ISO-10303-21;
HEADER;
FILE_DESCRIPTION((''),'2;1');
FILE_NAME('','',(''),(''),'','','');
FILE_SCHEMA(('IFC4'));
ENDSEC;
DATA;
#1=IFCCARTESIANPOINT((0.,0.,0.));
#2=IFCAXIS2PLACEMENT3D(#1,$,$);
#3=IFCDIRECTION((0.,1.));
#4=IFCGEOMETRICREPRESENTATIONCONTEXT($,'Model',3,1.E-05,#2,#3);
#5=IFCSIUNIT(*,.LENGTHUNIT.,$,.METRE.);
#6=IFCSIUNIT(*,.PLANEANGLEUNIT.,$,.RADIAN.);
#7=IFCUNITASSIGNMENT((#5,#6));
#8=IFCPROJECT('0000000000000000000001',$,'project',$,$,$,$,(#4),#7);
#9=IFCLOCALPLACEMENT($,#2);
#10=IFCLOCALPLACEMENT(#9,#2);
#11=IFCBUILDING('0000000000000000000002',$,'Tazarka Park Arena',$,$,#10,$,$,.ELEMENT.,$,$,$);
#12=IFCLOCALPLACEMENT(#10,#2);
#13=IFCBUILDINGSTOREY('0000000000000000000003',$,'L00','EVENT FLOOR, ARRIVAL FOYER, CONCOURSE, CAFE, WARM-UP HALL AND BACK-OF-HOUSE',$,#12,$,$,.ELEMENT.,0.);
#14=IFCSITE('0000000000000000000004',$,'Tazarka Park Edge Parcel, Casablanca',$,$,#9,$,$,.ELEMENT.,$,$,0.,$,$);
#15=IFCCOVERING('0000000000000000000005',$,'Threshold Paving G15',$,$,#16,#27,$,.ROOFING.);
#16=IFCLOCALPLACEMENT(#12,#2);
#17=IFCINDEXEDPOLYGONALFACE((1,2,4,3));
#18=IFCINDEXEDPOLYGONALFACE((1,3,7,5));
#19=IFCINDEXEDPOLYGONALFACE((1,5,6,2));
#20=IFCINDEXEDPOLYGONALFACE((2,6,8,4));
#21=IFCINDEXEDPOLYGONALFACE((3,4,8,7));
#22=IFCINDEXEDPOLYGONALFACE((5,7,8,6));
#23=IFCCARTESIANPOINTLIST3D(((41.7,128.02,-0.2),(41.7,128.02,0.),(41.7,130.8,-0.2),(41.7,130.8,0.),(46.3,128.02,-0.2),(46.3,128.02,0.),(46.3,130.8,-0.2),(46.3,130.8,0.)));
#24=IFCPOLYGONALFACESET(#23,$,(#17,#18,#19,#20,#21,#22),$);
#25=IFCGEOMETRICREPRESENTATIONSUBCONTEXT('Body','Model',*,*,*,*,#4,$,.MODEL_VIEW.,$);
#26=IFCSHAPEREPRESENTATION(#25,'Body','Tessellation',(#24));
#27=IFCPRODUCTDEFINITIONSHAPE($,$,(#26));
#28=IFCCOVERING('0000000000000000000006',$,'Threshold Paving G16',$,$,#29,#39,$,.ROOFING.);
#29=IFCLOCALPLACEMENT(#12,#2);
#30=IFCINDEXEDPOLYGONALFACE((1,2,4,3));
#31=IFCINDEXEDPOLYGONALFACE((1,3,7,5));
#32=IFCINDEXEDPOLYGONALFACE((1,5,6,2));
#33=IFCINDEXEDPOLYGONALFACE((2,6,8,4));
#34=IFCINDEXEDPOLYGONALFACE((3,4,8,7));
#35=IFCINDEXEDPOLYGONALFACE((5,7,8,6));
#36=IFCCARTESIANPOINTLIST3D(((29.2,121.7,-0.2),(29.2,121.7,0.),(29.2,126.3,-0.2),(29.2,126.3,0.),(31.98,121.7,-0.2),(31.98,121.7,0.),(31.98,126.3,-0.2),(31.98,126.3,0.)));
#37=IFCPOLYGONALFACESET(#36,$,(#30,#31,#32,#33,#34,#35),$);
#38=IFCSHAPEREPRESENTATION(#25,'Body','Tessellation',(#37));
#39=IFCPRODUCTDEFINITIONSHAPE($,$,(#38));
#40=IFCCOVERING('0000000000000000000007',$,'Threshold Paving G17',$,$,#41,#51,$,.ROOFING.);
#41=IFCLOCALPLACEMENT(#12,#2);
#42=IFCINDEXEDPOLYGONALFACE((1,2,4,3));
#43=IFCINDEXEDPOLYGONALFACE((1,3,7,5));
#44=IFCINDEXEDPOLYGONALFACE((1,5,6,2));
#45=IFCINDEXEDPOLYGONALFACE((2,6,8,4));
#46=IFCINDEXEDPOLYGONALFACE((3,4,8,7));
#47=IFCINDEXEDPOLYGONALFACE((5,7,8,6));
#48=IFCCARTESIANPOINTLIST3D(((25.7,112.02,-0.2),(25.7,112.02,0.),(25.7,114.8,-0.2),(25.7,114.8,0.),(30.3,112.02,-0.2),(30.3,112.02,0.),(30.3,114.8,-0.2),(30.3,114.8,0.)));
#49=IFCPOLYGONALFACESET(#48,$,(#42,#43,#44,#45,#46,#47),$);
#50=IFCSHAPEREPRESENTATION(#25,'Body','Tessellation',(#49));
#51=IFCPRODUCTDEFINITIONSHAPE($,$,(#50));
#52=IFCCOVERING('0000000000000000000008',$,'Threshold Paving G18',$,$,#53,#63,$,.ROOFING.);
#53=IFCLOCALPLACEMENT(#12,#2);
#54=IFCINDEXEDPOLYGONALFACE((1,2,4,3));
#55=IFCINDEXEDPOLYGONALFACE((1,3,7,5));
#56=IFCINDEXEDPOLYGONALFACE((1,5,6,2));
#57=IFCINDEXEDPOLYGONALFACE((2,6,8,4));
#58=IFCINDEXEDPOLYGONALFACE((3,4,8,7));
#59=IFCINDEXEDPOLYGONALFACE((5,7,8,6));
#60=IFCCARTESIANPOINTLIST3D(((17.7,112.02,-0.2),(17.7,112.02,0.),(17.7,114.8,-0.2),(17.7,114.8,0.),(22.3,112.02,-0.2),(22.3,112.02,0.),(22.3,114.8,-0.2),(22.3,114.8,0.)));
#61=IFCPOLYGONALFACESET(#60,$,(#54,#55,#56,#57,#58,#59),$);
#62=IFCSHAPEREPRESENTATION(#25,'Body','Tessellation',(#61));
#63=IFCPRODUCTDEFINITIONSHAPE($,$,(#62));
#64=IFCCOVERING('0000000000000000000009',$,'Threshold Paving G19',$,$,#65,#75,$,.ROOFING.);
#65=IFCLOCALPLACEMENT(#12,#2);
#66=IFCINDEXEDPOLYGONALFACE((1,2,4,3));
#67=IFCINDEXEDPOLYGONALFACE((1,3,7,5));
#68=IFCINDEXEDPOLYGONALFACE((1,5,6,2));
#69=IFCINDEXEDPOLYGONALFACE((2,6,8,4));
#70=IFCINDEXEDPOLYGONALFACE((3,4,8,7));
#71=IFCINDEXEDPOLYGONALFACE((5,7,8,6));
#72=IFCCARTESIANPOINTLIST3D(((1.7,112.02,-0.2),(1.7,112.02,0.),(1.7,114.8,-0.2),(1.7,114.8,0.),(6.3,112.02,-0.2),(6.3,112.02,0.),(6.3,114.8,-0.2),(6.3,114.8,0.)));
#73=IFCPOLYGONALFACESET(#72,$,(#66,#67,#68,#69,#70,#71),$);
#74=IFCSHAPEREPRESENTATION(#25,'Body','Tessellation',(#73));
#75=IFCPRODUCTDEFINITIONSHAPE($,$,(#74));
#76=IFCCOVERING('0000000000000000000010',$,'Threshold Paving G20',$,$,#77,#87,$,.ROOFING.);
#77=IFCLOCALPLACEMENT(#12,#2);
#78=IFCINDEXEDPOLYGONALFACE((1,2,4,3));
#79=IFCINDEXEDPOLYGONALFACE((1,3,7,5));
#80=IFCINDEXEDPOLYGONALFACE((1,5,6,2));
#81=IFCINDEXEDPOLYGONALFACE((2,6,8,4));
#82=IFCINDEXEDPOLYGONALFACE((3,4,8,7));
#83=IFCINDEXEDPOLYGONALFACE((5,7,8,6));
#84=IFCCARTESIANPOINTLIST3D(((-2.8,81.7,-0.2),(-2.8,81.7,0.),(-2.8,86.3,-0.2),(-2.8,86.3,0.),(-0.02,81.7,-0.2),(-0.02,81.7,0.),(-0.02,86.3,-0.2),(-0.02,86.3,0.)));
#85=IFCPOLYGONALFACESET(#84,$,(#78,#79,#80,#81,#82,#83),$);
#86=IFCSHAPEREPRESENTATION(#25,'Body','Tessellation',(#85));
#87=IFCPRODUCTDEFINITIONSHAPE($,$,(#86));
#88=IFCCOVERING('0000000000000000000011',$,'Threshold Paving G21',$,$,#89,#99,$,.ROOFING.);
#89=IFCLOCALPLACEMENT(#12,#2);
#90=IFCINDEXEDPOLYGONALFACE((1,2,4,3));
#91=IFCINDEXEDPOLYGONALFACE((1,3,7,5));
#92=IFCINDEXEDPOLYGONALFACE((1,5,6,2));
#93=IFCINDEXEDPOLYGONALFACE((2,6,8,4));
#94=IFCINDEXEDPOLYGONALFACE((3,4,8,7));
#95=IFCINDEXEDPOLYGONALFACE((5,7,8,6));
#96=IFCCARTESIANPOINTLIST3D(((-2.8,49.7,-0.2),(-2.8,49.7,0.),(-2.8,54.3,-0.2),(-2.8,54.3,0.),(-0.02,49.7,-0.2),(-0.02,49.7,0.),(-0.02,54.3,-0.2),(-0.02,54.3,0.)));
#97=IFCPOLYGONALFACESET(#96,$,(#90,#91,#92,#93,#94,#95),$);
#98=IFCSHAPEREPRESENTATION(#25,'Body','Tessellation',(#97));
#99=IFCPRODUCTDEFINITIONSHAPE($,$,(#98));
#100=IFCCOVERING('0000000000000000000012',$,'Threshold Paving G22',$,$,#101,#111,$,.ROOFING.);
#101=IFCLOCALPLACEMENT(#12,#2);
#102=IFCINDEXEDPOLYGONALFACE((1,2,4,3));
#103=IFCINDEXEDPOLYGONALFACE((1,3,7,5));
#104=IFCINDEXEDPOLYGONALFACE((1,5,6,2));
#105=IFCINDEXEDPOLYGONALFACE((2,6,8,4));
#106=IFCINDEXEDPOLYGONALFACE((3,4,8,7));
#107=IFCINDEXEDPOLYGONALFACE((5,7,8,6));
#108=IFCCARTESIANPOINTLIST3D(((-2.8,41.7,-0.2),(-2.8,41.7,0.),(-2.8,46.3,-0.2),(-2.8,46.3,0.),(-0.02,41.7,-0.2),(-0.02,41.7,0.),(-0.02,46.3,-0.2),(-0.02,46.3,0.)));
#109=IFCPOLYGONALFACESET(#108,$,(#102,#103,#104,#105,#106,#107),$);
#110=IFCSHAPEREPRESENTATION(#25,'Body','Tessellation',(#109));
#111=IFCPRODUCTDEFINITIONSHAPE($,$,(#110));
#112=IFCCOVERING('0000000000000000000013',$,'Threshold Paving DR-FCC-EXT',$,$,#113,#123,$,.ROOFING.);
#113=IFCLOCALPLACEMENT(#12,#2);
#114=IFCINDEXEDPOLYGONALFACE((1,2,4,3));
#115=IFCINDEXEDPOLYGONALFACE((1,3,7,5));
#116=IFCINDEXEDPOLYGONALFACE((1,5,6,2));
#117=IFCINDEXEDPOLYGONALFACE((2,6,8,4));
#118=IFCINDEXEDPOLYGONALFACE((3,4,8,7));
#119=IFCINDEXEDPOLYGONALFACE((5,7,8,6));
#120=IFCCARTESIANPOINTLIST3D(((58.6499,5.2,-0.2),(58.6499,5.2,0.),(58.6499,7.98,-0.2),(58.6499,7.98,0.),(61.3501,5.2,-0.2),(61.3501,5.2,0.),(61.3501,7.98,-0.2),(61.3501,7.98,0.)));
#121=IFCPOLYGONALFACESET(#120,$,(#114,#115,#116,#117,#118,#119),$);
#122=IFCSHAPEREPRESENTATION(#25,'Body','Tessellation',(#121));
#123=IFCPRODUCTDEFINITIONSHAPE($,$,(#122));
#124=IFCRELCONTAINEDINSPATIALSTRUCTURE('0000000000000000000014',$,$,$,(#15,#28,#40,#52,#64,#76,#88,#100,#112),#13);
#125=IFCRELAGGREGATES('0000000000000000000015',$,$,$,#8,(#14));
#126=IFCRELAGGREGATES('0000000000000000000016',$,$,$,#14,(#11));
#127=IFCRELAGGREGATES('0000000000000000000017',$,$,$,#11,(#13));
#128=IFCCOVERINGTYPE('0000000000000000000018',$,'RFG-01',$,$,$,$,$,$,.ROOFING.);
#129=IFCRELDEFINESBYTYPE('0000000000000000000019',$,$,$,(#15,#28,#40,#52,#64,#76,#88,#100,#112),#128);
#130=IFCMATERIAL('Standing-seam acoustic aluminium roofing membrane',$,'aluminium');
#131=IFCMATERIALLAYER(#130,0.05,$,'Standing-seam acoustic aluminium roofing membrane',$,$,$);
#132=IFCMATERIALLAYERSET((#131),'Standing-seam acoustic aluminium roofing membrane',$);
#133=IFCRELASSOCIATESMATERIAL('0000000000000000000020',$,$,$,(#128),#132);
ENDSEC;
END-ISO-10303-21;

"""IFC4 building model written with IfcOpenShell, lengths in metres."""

from ifc_helpers import new_model, si_unit, direction, frame, origin, place, context, subcontext, project, spatial, polyline, outline, extrude, material, layer, layer_set, type_object, element, save


model = new_model("IFC4")

# Units and contexts
model_context = context("Model", 3, precision=1e-05, world=origin(), true_north=direction((0.0, 1.0)))
body_context = subcontext(model_context, "Body", "Model", "MODEL_VIEW")
ifc_project = project(units=[si_unit("LENGTHUNIT", "METRE"), si_unit("PLANEANGLEUNIT", "RADIAN")], contexts=[model_context])

# Site, building, storey
site_placement = place(None, origin())
site = spatial("IfcSite", under=ifc_project, at=site_placement, Name="Tazarka Park Edge Parcel, Casablanca", CompositionType="ELEMENT", RefElevation=0.0)
building_placement = place(site_placement, origin())
building = spatial("IfcBuilding", under=site, at=building_placement, Name="Tazarka Park Arena", CompositionType="ELEMENT")
storey_placement = place(building_placement, origin())
storey = spatial("IfcBuildingStorey", under=building, at=storey_placement, Name="L00", Description="EVENT FLOOR, ARRIVAL FOYER, CONCOURSE, CAFE, WARM-UP HALL AND BACK-OF-HOUSE", CompositionType="ELEMENT", Elevation=0.0)

# Coverings
ifc_material_1 = material(Name="Standing-seam acoustic aluminium roofing membrane", Category="aluminium")
ifc_layer_1 = layer(ifc_material_1, 0.05, Name="Standing-seam acoustic aluminium roofing membrane")
ifc_layer_set_1 = layer_set([ifc_layer_1], Name="Standing-seam acoustic aluminium roofing membrane")
covering_type = type_object("IfcCoveringType", Name="RFG-01", PredefinedType="ROOFING", material=ifc_layer_set_1)
covering_1_placement = place(storey_placement, frame((0.0, 0.0, -0.2)))
element("IfcCovering", 1, at=covering_1_placement, inside=storey, type_object=covering_type, Name="Threshold Paving G15", PredefinedType="ROOFING", context=body_context, shape_type="SweptSolid", body=[
    extrude(outline(polyline([(41.7, 130.8), (46.3, 130.8), (46.3, 128.02), (41.7, 128.02), (41.7, 130.8)])), origin(), (0.0, 0.0, 1.0), 0.2),
])
covering_2_placement = place(storey_placement, frame((0.0, 0.0, -0.2)))
element("IfcCovering", 2, at=covering_2_placement, inside=storey, type_object=covering_type, Name="Threshold Paving G16", PredefinedType="ROOFING", context=body_context, shape_type="SweptSolid", body=[
    extrude(outline(polyline([(29.2, 121.7), (29.2, 126.3), (31.98, 126.3), (31.98, 121.7), (29.2, 121.7)])), origin(), (0.0, 0.0, 1.0), 0.2),
])
covering_3_placement = place(storey_placement, frame((0.0, 0.0, -0.2)))
element("IfcCovering", 3, at=covering_3_placement, inside=storey, type_object=covering_type, Name="Threshold Paving G17", PredefinedType="ROOFING", context=body_context, shape_type="SweptSolid", body=[
    extrude(outline(polyline([(25.7, 114.8), (30.3, 114.8), (30.3, 112.02), (25.7, 112.02), (25.7, 114.8)])), origin(), (0.0, 0.0, 1.0), 0.2),
])
covering_4_placement = place(storey_placement, frame((0.0, 0.0, -0.2)))
element("IfcCovering", 4, at=covering_4_placement, inside=storey, type_object=covering_type, Name="Threshold Paving G18", PredefinedType="ROOFING", context=body_context, shape_type="SweptSolid", body=[
    extrude(outline(polyline([(17.7, 114.8), (22.3, 114.8), (22.3, 112.02), (17.7, 112.02), (17.7, 114.8)])), origin(), (0.0, 0.0, 1.0), 0.2),
])
covering_5_placement = place(storey_placement, frame((0.0, 0.0, -0.2)))
element("IfcCovering", 5, at=covering_5_placement, inside=storey, type_object=covering_type, Name="Threshold Paving G19", PredefinedType="ROOFING", context=body_context, shape_type="SweptSolid", body=[
    extrude(outline(polyline([(1.7, 114.8), (6.3, 114.8), (6.3, 112.02), (1.7, 112.02), (1.7, 114.8)])), origin(), (0.0, 0.0, 1.0), 0.2),
])
covering_6_placement = place(storey_placement, frame((0.0, 0.0, -0.2)))
element("IfcCovering", 6, at=covering_6_placement, inside=storey, type_object=covering_type, Name="Threshold Paving G20", PredefinedType="ROOFING", context=body_context, shape_type="SweptSolid", body=[
    extrude(outline(polyline([(-2.8, 81.7), (-2.8, 86.3), (-0.02, 86.3), (-0.02, 81.7), (-2.8, 81.7)])), origin(), (0.0, 0.0, 1.0), 0.2),
])
covering_7_placement = place(storey_placement, frame((0.0, 0.0, -0.2)))
element("IfcCovering", 7, at=covering_7_placement, inside=storey, type_object=covering_type, Name="Threshold Paving G21", PredefinedType="ROOFING", context=body_context, shape_type="SweptSolid", body=[
    extrude(outline(polyline([(-2.8, 49.7), (-2.8, 54.3), (-0.02, 54.3), (-0.02, 49.7), (-2.8, 49.7)])), origin(), (0.0, 0.0, 1.0), 0.2),
])
covering_8_placement = place(storey_placement, frame((0.0, 0.0, -0.2)))
element("IfcCovering", 8, at=covering_8_placement, inside=storey, type_object=covering_type, Name="Threshold Paving G22", PredefinedType="ROOFING", context=body_context, shape_type="SweptSolid", body=[
    extrude(outline(polyline([(-2.8, 41.7), (-2.8, 46.3), (-0.02, 46.3), (-0.02, 41.7), (-2.8, 41.7)])), origin(), (0.0, 0.0, 1.0), 0.2),
])
covering_9_placement = place(storey_placement, frame((0.0, 0.0, -0.2)))
element("IfcCovering", 9, at=covering_9_placement, inside=storey, type_object=covering_type, Name="Threshold Paving DR-FCC-EXT", PredefinedType="ROOFING", context=body_context, shape_type="SweptSolid", body=[
    extrude(outline(polyline([(61.3501, 5.2), (58.6499, 5.2), (58.6499, 7.98), (61.3501, 7.98), (61.3501, 5.2)])), origin(), (0.0, 0.0, 1.0), 0.2),
])

save(model, "model.ifc")
